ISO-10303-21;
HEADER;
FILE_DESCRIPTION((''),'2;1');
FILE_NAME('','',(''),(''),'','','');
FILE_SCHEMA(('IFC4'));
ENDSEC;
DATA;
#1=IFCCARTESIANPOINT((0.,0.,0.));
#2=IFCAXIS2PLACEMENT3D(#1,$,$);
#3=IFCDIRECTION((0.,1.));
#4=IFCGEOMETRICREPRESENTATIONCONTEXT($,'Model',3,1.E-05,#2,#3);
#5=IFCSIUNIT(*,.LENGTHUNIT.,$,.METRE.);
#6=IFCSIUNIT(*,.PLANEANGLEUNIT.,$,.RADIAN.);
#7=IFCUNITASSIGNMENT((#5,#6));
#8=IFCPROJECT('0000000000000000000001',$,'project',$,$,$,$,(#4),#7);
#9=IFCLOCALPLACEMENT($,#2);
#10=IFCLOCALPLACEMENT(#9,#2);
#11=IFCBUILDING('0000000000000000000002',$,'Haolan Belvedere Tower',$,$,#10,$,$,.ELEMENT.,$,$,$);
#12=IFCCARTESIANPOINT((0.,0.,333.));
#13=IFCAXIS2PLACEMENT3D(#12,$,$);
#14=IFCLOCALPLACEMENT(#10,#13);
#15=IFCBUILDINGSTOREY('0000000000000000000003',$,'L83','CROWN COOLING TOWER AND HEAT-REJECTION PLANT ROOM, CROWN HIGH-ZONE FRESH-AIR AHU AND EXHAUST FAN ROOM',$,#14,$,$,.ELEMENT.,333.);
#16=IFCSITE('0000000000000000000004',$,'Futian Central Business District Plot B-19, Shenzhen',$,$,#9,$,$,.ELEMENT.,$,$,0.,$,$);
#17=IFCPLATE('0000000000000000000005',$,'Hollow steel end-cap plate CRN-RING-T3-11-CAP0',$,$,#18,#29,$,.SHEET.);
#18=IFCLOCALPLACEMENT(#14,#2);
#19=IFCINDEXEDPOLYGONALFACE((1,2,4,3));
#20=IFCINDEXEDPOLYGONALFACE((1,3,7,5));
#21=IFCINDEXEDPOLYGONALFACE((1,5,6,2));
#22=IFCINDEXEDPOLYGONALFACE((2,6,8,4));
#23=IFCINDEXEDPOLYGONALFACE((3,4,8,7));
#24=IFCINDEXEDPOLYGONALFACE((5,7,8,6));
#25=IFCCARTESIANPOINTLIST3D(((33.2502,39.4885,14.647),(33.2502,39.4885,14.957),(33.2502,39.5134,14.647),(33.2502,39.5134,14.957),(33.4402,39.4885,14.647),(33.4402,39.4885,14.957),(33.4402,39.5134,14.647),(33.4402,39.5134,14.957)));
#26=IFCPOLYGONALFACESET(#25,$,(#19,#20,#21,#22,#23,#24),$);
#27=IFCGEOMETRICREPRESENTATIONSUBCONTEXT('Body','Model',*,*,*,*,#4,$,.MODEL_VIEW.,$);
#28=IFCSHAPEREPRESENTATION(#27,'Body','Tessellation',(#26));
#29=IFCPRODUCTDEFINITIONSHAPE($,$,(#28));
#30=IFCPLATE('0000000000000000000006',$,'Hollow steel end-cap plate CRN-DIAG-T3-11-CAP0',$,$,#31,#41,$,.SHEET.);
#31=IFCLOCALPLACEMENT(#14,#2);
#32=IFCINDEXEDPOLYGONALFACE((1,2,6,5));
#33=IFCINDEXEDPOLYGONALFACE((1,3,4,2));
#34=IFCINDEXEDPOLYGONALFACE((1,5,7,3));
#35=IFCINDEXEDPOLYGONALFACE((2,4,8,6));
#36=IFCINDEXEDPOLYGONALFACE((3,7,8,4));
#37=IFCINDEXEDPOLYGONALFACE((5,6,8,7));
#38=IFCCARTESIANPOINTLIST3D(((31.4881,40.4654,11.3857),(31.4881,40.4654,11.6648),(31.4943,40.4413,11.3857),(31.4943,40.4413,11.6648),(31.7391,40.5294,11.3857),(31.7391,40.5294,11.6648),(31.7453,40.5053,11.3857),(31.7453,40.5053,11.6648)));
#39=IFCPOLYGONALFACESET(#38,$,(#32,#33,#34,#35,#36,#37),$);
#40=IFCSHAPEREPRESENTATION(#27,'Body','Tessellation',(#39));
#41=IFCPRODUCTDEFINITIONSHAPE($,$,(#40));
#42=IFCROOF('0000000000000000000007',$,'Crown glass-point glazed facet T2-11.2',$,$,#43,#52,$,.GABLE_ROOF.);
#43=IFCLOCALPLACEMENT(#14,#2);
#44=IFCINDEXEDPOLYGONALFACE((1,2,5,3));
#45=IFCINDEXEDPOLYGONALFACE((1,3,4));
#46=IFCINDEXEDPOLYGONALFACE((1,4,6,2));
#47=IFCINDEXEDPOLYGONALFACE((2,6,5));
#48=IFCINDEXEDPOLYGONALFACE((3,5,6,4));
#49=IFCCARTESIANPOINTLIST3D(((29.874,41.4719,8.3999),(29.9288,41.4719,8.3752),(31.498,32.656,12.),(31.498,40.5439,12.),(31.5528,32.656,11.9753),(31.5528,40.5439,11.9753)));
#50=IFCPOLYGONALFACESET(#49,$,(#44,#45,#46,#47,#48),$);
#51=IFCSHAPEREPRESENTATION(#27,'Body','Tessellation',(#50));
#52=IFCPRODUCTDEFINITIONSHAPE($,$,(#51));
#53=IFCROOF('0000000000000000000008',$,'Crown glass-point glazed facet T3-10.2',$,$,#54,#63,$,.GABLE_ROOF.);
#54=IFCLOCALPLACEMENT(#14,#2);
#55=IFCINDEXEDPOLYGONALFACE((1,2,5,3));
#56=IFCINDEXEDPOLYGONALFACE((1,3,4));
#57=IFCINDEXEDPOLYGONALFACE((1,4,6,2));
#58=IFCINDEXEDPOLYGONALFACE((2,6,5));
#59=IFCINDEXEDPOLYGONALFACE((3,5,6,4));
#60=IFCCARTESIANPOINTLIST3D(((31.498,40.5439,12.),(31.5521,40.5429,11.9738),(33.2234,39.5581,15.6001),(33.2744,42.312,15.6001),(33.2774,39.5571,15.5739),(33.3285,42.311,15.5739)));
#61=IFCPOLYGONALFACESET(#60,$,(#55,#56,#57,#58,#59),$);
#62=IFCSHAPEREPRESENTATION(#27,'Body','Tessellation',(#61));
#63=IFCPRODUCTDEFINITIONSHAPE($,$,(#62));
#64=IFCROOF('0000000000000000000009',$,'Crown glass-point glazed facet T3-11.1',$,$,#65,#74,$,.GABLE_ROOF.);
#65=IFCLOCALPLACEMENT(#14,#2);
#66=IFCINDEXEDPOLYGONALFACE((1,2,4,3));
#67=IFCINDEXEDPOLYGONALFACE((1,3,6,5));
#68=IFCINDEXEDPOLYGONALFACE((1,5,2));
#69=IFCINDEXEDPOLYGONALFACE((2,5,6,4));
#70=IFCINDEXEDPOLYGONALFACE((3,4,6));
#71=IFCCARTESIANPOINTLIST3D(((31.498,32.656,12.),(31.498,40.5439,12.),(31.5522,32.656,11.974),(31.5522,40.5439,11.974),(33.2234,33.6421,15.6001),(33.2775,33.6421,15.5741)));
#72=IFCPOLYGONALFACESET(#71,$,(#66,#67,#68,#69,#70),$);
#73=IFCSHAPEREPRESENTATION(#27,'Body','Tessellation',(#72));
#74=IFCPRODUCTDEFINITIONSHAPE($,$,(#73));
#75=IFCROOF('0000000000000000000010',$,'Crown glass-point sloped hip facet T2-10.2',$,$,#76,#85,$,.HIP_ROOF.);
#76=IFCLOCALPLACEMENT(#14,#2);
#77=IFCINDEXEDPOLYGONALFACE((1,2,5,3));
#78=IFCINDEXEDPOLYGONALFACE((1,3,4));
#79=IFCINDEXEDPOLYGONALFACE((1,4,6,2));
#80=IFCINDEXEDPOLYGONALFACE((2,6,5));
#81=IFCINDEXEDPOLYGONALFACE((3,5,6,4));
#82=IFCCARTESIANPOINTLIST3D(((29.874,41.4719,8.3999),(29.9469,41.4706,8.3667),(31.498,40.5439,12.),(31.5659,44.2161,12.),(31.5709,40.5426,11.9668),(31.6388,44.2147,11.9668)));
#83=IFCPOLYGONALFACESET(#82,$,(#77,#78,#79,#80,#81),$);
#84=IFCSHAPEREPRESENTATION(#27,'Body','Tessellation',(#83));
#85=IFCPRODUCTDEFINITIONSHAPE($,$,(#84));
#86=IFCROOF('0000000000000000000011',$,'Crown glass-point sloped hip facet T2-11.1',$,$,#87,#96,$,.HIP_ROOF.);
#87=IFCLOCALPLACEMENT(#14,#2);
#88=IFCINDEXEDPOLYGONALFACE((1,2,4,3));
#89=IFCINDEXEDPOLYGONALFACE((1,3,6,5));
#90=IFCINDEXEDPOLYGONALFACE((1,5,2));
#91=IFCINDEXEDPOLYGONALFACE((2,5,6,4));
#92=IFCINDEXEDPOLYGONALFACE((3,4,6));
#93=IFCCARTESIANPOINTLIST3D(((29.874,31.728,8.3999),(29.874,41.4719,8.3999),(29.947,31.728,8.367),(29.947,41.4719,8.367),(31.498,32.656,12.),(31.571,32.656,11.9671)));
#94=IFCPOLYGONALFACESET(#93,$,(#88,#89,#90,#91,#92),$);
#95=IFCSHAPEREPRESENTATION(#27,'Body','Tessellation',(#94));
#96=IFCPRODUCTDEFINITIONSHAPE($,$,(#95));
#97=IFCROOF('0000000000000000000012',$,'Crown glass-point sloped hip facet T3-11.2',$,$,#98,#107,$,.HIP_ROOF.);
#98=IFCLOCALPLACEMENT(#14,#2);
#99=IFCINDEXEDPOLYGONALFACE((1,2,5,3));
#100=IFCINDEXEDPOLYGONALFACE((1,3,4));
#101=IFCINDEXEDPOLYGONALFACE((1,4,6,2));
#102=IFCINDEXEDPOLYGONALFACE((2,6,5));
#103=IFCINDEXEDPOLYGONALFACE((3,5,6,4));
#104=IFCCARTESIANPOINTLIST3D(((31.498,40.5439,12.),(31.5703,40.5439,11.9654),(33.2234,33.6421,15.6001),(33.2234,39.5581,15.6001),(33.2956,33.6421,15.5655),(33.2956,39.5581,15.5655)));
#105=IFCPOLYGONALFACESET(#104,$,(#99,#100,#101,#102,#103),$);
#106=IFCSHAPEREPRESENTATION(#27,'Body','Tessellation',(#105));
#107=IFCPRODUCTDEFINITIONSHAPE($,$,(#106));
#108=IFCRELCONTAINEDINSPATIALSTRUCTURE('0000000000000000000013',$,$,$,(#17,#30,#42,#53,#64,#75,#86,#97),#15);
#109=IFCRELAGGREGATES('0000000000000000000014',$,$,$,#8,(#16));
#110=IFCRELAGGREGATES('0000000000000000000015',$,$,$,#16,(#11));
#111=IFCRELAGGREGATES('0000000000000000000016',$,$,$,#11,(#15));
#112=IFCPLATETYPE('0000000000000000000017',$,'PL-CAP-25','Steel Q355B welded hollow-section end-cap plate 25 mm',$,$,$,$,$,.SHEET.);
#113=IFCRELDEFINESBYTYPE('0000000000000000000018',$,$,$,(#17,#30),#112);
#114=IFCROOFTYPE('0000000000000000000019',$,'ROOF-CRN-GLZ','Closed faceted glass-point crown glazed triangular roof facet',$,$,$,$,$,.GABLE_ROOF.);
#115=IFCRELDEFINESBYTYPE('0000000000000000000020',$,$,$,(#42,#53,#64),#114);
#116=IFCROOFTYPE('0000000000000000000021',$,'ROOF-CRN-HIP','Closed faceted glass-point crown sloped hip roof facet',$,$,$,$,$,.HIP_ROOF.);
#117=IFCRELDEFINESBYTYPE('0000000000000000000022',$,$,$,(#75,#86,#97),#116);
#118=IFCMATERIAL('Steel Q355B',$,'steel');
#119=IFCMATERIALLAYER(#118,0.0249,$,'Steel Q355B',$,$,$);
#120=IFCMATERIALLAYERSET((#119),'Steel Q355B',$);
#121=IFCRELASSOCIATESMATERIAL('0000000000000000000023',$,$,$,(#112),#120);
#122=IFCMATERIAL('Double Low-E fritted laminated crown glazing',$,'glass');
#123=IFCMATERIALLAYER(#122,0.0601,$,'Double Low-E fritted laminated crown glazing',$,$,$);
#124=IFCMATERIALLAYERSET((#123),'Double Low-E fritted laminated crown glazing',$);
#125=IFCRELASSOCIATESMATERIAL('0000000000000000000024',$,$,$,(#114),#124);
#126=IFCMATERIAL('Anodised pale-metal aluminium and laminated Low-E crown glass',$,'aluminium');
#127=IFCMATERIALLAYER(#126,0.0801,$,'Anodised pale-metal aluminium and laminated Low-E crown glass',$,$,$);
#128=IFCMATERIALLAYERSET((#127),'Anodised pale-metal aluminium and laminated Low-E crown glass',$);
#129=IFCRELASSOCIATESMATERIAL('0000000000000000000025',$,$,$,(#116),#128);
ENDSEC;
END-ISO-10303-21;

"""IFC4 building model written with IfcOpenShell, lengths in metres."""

from ifc_helpers import new_model, si_unit, direction, frame, origin, origin_2d, place, context, subcontext, project, spatial, polyline, rectangle, outline, extrude, material, layer, layer_set, type_object, element, save


model = new_model("IFC4")

# Units and contexts
model_context = context("Model", 3, precision=1e-05, world=origin(), true_north=direction((0.0, 1.0)))
body_context = subcontext(model_context, "Body", "Model", "MODEL_VIEW")
ifc_project = project(units=[si_unit("LENGTHUNIT", "METRE"), si_unit("PLANEANGLEUNIT", "RADIAN")], contexts=[model_context])

# Site, building, storey
site_placement = place(None, origin())
site = spatial("IfcSite", under=ifc_project, at=site_placement, Name="Futian Central Business District Plot B-19, Shenzhen", CompositionType="ELEMENT", RefElevation=0.0)
building_placement = place(site_placement, origin())
building = spatial("IfcBuilding", under=site, at=building_placement, Name="Haolan Belvedere Tower", CompositionType="ELEMENT")
storey_placement = place(building_placement, frame((0.0, 0.0, 333.0)))
storey = spatial("IfcBuildingStorey", under=building, at=storey_placement, Name="L83", Description="CROWN COOLING TOWER AND HEAT-REJECTION PLANT ROOM, CROWN HIGH-ZONE FRESH-AIR AHU AND EXHAUST FAN ROOM", CompositionType="ELEMENT", Elevation=333.0)

# Shared definitions
ifc_material_1 = material(Name="Steel Q355B", Category="steel")

# Plates
ifc_layer_1 = layer(ifc_material_1, 0.0249, Name="Steel Q355B")
ifc_layer_set_1 = layer_set([ifc_layer_1], Name="Steel Q355B")
plate_type = type_object("IfcPlateType", Name="PL-CAP-25", Description="Steel Q355B welded hollow-section end-cap plate 25 mm", PredefinedType="SHEET", material=ifc_layer_set_1)
plate_1_placement = place(storey_placement, frame((33.3452, 39.501, 14.647), z_axis=(0.0, 0.0, 1.0), x_axis=(-1.0, 0.0, 0.0)))
element("IfcPlate", 1, at=plate_1_placement, inside=storey, type_object=plate_type, Name="Hollow steel end-cap plate CRN-RING-T3-11-CAP0", PredefinedType="SHEET", context=body_context, shape_type="SweptSolid", body=[
    extrude(rectangle(XDim=0.1899, YDim=0.0249, at=origin_2d()), origin(), (0.0, 0.0, 1.0), 0.3101),
])
plate_2_placement = place(storey_placement, frame((31.6167, 40.4854, 11.3857), z_axis=(0.0, 0.0, 1.0), x_axis=(-0.96896, -0.247219, 0.0)))
element("IfcPlate", 2, at=plate_2_placement, inside=storey, type_object=plate_type, Name="Hollow steel end-cap plate CRN-DIAG-T3-11-CAP0", PredefinedType="SHEET", context=body_context, shape_type="SweptSolid", body=[
    extrude(rectangle(XDim=0.259, YDim=0.0249, at=origin_2d()), origin(), (0.0, 0.0, 1.0), 0.2791),
])

# Roofs
ifc_material_2 = material(Name="Double Low-E fritted laminated crown glazing", Category="glass")
ifc_layer_2 = layer(ifc_material_2, 0.0601, Name="Double Low-E fritted laminated crown glazing")
ifc_layer_set_2 = layer_set([ifc_layer_2], Name="Double Low-E fritted laminated crown glazing")
roof_type_1 = type_object("IfcRoofType", Name="ROOF-CRN-GLZ", Description="Closed faceted glass-point crown glazed triangular roof facet", PredefinedType="GABLE_ROOF", material=ifc_layer_set_2)
roof_1_placement = place(storey_placement, frame((29.874, 41.4719, 8.3999), z_axis=(-0.911544, 0.0, 0.411202), x_axis=(0.168116, -0.912606, 0.372675)))
element("IfcRoof", 3, at=roof_1_placement, inside=storey, type_object=roof_type_1, Name="Crown glass-point glazed facet T2-11.2", PredefinedType="GABLE_ROOF", context=body_context, shape_type="SweptSolid", body=[
    extrude(outline(polyline([(0.0, 0.0), (9.6602, 0.0), (2.4616, 3.2249), (0.0, 0.0)])), origin(), (0.0, 0.0, -1.0), 0.0601),
])
roof_2_placement = place(storey_placement, frame((31.498, 40.5439, 12.0), z_axis=(-0.899875, 0.016673, 0.435829), x_axis=(0.419577, -0.239741, 0.875488)))
element("IfcRoof", 4, at=roof_2_placement, inside=storey, type_object=roof_type_1, Name="Crown glass-point glazed facet T3-10.2", PredefinedType="GABLE_ROOF", context=body_context, shape_type="SweptSolid", body=[
    extrude(outline(polyline([(0.0, 0.0), (4.1121, 0.0), (3.4733, 2.6793), (0.0, 0.0)])), origin(), (0.0, 0.0, -1.0), 0.0601),
])
roof_3_placement = place(storey_placement, frame((31.498, 40.5439, 12.0), z_axis=(-0.901787, 0.0, 0.43218), x_axis=(0.0, -1.0, 0.0)))
element("IfcRoof", 5, at=roof_3_placement, inside=storey, type_object=roof_type_1, Name="Crown glass-point glazed facet T3-11.1", PredefinedType="GABLE_ROOF", context=body_context, shape_type="SweptSolid", body=[
    extrude(outline(polyline([(0.0, 0.0), (7.8879, 0.0), (6.9019, 3.9922), (0.0, 0.0)])), origin(), (0.0, 0.0, -1.0), 0.0601),
])
ifc_material_3 = material(Name="Anodised pale-metal aluminium and laminated Low-E crown glass", Category="aluminium")
ifc_layer_3 = layer(ifc_material_3, 0.0801, Name="Anodised pale-metal aluminium and laminated Low-E crown glass")
ifc_layer_set_3 = layer_set([ifc_layer_3], Name="Anodised pale-metal aluminium and laminated Low-E crown glass")
roof_type_2 = type_object("IfcRoofType", Name="ROOF-CRN-HIP", Description="Closed faceted glass-point crown sloped hip roof facet", PredefinedType="HIP_ROOF", material=ifc_layer_set_3)
roof_4_placement = place(storey_placement, frame((29.874, 41.4719, 8.3999), z_axis=(-0.909783, 0.016815, 0.414743), x_axis=(0.400301, -0.228735, 0.887378)))
element("IfcRoof", 6, at=roof_4_placement, inside=storey, type_object=roof_type_2, Name="Crown glass-point sloped hip facet T2-10.2", PredefinedType="HIP_ROOF", context=body_context, shape_type="SweptSolid", body=[
    extrude(outline(polyline([(0.0, 0.0), (4.057, 0.0), (3.2442, 3.5817), (0.0, 0.0)])), origin(), (0.0, 0.0, -1.0), 0.0801),
])
roof_5_placement = place(storey_placement, frame((29.874, 41.4719, 8.3999), z_axis=(-0.911544, 0.0, 0.411202), x_axis=(0.0, -1.0, 0.0)))
element("IfcRoof", 7, at=roof_5_placement, inside=storey, type_object=roof_type_2, Name="Crown glass-point sloped hip facet T2-11.1", PredefinedType="HIP_ROOF", context=body_context, shape_type="SweptSolid", body=[
    extrude(outline(polyline([(0.0, 0.0), (9.7439, 0.0), (8.8159, 3.9494), (0.0, 0.0)])), origin(), (0.0, 0.0, -1.0), 0.0801),
])
roof_6_placement = place(storey_placement, frame((31.498, 40.5439, 12.0), z_axis=(-0.901787, 0.0, 0.43218), x_axis=(0.216391, -0.865624, 0.451521)))
element("IfcRoof", 8, at=roof_6_placement, inside=storey, type_object=roof_type_2, Name="Crown glass-point sloped hip facet T3-11.2", PredefinedType="HIP_ROOF", context=body_context, shape_type="SweptSolid", body=[
    extrude(outline(polyline([(0.0, 0.0), (7.9733, 0.0), (2.8522, 2.9621), (0.0, 0.0)])), origin(), (0.0, 0.0, -1.0), 0.0801),
])

save(model, "model.ifc")
